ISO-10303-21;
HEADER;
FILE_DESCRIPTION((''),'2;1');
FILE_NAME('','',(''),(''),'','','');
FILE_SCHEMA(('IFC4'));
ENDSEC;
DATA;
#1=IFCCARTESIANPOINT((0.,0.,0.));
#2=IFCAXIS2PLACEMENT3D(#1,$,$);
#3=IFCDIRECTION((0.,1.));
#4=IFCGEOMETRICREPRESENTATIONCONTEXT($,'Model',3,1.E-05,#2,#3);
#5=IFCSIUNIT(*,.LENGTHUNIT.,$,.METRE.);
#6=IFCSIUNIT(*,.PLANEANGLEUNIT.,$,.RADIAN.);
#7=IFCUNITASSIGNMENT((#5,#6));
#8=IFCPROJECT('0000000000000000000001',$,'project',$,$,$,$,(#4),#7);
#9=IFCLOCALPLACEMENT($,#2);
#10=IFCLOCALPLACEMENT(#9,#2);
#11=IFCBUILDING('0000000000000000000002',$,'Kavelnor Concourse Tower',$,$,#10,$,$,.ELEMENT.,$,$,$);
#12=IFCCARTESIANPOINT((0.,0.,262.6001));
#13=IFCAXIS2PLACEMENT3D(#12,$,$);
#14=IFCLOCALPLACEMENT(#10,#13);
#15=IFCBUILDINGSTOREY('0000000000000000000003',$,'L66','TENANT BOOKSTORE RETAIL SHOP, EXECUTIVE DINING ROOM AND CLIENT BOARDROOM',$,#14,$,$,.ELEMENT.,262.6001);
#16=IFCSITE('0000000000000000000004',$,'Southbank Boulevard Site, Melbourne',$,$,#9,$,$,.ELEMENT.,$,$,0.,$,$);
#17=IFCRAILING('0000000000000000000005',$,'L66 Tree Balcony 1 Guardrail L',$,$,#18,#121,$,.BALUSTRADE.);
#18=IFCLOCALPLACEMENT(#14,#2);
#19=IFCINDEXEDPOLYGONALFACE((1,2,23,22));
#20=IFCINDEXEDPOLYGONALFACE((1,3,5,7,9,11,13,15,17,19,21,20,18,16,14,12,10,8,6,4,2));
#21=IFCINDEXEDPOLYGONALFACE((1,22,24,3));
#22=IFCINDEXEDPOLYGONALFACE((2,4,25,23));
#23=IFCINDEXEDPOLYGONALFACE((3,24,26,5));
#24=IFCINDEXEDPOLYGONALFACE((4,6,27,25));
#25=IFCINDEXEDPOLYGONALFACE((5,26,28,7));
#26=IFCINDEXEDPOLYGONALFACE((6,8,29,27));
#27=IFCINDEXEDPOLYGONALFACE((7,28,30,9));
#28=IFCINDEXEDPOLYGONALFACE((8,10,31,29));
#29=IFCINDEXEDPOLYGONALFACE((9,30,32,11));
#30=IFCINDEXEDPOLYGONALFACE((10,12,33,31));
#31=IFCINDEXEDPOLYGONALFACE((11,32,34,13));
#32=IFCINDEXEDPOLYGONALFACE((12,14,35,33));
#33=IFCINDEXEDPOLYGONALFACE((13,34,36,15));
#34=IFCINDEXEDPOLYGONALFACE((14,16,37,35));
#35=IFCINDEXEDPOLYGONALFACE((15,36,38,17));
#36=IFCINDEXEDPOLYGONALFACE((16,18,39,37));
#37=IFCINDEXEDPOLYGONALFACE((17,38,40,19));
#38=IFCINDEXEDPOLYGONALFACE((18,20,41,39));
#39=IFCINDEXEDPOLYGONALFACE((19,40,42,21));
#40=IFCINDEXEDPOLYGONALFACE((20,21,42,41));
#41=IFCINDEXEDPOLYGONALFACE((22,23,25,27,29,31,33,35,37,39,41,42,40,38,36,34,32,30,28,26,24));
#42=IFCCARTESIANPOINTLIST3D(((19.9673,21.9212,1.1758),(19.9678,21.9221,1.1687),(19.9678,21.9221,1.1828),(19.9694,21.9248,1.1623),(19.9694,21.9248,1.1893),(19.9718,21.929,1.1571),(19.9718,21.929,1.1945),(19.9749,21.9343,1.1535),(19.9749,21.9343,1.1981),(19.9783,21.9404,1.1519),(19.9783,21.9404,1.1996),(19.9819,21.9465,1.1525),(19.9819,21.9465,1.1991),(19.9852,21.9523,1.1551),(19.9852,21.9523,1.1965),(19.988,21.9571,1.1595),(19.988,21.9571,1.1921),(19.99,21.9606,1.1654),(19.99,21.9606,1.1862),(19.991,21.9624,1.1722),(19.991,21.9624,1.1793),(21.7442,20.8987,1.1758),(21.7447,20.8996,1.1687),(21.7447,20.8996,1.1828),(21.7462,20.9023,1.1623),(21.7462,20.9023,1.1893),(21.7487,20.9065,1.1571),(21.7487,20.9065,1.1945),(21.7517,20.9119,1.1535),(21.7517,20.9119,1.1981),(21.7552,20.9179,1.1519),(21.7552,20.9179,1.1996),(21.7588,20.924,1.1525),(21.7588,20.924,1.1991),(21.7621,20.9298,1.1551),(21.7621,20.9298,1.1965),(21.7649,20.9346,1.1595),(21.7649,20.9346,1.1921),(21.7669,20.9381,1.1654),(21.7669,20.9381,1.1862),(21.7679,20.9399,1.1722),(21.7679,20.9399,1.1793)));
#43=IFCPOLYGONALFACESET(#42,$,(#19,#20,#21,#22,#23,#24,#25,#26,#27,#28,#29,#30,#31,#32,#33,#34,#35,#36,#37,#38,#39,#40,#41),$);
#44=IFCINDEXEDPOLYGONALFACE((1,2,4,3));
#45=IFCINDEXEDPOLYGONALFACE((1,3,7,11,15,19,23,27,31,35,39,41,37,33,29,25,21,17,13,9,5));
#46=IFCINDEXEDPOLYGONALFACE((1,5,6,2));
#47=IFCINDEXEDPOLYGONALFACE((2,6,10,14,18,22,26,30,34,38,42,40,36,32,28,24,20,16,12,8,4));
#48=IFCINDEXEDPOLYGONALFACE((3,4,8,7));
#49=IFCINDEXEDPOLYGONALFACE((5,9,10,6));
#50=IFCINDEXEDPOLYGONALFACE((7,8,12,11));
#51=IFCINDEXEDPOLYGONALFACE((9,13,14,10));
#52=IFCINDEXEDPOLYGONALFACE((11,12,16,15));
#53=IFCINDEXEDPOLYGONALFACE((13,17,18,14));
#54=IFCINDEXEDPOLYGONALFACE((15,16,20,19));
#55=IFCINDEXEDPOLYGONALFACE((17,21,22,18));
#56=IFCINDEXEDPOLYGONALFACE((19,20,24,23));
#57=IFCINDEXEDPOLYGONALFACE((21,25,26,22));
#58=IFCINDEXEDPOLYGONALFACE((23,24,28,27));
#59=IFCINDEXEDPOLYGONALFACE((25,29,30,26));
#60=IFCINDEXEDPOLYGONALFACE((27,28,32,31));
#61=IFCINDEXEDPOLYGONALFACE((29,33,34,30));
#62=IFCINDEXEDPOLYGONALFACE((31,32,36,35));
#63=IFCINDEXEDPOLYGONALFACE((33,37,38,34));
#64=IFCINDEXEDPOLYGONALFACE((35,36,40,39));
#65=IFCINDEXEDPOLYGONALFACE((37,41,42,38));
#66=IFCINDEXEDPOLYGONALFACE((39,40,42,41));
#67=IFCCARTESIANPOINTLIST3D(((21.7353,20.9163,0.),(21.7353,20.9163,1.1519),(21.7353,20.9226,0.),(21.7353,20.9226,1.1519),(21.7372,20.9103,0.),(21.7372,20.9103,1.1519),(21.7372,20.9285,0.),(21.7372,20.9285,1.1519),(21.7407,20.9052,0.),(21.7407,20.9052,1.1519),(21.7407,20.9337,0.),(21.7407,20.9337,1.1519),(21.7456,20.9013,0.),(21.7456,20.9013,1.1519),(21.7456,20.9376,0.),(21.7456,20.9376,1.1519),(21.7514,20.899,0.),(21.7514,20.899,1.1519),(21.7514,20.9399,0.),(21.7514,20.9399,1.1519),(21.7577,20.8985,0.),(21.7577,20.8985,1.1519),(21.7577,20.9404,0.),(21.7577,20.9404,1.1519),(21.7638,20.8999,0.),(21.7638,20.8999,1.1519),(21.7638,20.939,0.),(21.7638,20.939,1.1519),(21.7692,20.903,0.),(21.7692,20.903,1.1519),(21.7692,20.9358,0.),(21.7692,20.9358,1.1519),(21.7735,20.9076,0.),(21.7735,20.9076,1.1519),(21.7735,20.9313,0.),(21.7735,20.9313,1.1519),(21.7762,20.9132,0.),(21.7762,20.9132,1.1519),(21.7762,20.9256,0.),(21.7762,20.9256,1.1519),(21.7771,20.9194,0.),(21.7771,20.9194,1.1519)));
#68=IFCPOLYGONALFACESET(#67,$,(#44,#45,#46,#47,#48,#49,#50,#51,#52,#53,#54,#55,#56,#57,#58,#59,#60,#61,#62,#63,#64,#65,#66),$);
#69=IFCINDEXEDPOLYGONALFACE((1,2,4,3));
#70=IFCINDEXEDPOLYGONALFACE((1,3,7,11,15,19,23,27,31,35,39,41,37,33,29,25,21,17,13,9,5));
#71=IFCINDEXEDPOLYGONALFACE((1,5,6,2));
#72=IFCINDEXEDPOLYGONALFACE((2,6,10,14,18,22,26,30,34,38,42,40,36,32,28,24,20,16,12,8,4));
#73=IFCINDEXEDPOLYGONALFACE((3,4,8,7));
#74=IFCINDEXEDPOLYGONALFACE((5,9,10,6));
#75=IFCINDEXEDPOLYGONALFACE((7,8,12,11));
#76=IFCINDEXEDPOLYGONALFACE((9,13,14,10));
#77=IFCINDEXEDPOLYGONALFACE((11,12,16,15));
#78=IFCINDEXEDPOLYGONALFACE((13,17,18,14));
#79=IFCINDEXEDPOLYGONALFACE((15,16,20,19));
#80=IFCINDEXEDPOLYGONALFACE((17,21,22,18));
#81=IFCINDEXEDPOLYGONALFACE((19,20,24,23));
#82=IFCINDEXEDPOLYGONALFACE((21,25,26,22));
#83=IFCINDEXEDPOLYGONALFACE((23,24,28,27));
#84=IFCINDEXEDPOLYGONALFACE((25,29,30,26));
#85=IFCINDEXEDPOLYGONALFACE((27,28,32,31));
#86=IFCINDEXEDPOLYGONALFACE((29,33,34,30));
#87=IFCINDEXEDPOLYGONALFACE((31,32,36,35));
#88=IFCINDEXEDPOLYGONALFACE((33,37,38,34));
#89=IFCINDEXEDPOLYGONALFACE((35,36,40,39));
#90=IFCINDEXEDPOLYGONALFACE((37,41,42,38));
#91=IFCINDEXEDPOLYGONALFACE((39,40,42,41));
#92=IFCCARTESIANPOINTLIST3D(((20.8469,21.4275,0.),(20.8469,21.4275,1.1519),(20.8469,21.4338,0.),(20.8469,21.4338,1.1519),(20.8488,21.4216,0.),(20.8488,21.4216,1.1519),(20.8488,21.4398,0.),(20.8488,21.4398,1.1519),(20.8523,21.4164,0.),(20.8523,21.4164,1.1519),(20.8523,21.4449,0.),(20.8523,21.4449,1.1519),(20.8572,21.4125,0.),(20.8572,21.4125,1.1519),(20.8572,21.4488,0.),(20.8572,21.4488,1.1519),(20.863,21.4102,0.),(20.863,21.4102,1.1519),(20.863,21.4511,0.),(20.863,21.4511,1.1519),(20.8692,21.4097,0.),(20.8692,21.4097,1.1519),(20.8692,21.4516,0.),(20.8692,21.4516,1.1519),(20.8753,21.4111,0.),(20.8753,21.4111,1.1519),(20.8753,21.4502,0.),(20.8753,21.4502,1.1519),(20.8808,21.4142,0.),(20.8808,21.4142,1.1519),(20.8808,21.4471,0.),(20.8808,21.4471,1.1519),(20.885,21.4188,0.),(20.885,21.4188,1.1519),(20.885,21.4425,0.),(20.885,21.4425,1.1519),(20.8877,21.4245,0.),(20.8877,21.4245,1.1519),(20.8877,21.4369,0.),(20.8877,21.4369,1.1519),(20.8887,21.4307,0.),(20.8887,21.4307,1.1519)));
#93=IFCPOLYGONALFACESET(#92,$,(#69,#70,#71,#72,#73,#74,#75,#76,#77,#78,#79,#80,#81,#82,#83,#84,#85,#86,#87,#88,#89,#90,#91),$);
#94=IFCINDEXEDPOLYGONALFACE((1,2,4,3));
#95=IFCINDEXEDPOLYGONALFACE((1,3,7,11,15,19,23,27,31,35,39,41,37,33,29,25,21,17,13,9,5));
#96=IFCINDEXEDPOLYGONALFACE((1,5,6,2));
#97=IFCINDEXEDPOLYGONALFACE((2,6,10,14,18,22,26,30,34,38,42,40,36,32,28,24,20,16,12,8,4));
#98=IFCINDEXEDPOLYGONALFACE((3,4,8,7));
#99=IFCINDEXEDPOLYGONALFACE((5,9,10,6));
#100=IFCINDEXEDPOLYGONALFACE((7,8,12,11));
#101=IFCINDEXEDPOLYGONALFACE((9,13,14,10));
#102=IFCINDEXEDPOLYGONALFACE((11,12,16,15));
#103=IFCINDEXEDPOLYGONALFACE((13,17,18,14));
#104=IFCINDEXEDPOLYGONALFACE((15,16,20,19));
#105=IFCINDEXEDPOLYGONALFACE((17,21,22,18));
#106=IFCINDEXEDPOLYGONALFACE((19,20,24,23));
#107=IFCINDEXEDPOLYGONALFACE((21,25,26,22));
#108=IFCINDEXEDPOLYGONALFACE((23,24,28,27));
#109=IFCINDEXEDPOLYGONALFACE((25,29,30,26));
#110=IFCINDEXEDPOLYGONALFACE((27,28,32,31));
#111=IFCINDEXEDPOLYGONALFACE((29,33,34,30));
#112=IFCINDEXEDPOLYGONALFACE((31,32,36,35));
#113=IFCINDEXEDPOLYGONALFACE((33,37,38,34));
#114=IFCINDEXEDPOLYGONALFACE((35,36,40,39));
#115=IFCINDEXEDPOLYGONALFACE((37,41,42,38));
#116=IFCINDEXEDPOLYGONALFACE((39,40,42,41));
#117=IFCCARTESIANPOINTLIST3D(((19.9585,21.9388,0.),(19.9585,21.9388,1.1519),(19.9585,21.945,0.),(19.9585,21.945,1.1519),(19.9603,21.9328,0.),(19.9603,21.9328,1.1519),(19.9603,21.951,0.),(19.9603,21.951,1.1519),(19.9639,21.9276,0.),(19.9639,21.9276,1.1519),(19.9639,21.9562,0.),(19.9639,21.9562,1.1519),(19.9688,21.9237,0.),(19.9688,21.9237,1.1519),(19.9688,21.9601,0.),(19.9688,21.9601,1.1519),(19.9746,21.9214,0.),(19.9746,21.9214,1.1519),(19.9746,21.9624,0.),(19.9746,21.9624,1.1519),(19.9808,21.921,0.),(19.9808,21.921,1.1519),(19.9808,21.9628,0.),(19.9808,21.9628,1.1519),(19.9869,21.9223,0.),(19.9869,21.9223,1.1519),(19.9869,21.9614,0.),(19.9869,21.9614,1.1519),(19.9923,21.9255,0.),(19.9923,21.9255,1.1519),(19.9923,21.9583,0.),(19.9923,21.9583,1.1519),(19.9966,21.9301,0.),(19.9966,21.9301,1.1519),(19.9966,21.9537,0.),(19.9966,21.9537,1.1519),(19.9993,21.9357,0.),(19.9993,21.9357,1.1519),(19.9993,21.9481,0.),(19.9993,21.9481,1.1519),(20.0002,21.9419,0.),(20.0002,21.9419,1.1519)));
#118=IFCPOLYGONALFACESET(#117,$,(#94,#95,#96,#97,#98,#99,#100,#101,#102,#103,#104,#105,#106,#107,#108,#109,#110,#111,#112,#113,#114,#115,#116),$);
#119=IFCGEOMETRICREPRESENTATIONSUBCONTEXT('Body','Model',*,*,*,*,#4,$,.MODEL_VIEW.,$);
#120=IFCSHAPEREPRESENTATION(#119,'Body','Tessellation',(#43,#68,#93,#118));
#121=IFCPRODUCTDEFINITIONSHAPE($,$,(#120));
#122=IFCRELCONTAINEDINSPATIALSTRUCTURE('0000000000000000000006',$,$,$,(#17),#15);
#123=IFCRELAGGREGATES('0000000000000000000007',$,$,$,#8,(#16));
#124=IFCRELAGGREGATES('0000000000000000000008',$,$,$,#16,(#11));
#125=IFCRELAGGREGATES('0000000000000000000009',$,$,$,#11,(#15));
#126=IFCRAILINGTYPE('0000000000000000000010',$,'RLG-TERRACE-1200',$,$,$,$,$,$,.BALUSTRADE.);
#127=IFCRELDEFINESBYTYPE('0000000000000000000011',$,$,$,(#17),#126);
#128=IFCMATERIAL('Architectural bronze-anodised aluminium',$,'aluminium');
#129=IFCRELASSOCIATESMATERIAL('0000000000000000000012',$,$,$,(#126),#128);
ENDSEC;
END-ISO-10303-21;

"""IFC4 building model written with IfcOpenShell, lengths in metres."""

from ifc_helpers import new_model, si_unit, direction, frame, origin, origin_2d, place, context, subcontext, project, spatial, circle, extrude, material, type_object, element, save


model = new_model("IFC4")

# Units and contexts
model_context = context("Model", 3, precision=1e-05, world=origin(), true_north=direction((0.0, 1.0)))
body_context = subcontext(model_context, "Body", "Model", "MODEL_VIEW")
ifc_project = project(units=[si_unit("LENGTHUNIT", "METRE"), si_unit("PLANEANGLEUNIT", "RADIAN")], contexts=[model_context])

# Site, building, storey
site_placement = place(None, origin())
site = spatial("IfcSite", under=ifc_project, at=site_placement, Name="Southbank Boulevard Site, Melbourne", CompositionType="ELEMENT", RefElevation=0.0)
building_placement = place(site_placement, origin())
building = spatial("IfcBuilding", under=site, at=building_placement, Name="Kavelnor Concourse Tower", CompositionType="ELEMENT")
storey_placement = place(building_placement, frame((0.0, 0.0, 262.6001)))
storey = spatial("IfcBuildingStorey", under=building, at=storey_placement, Name="L66", Description="TENANT BOOKSTORE RETAIL SHOP, EXECUTIVE DINING ROOM AND CLIENT BOARDROOM", CompositionType="ELEMENT", Elevation=262.6001)

# Railing
ifc_material_1 = material(Name="Architectural bronze-anodised aluminium", Category="aluminium")
railing_type_1 = type_object("IfcRailingType", Name="RLG-TERRACE-1200", PredefinedType="BALUSTRADE", material=ifc_material_1)
railing_1_placement = place(storey_placement, frame((21.7561, 20.9194, 0.0)))
element("IfcRailing", 1, at=railing_1_placement, inside=storey, type_object=railing_type_1, Name="L66 Tree Balcony 1 Guardrail L", PredefinedType="BALUSTRADE", context=body_context, shape_type="SweptSolid", body=[
    extrude(circle(Radius=0.0239, at=origin_2d()), frame((0.0, 0.0, 1.1758), z_axis=(-0.866744, 0.498753, 0.0), x_axis=(-0.498753, -0.866744, 0.0)), (0.0, 0.0, 1.0), 2.05),
    extrude(circle(Radius=0.021, at=origin_2d()), origin(), (0.0, 0.0, 1.0), 1.1519),
    extrude(circle(Radius=0.021, at=origin_2d()), frame((-0.8884, 0.5112, 0.0)), (0.0, 0.0, 1.0), 1.1519),
    extrude(circle(Radius=0.021, at=origin_2d()), frame((-1.7769, 1.0225, 0.0)), (0.0, 0.0, 1.0), 1.1519),
])

save(model, "model.ifc")
